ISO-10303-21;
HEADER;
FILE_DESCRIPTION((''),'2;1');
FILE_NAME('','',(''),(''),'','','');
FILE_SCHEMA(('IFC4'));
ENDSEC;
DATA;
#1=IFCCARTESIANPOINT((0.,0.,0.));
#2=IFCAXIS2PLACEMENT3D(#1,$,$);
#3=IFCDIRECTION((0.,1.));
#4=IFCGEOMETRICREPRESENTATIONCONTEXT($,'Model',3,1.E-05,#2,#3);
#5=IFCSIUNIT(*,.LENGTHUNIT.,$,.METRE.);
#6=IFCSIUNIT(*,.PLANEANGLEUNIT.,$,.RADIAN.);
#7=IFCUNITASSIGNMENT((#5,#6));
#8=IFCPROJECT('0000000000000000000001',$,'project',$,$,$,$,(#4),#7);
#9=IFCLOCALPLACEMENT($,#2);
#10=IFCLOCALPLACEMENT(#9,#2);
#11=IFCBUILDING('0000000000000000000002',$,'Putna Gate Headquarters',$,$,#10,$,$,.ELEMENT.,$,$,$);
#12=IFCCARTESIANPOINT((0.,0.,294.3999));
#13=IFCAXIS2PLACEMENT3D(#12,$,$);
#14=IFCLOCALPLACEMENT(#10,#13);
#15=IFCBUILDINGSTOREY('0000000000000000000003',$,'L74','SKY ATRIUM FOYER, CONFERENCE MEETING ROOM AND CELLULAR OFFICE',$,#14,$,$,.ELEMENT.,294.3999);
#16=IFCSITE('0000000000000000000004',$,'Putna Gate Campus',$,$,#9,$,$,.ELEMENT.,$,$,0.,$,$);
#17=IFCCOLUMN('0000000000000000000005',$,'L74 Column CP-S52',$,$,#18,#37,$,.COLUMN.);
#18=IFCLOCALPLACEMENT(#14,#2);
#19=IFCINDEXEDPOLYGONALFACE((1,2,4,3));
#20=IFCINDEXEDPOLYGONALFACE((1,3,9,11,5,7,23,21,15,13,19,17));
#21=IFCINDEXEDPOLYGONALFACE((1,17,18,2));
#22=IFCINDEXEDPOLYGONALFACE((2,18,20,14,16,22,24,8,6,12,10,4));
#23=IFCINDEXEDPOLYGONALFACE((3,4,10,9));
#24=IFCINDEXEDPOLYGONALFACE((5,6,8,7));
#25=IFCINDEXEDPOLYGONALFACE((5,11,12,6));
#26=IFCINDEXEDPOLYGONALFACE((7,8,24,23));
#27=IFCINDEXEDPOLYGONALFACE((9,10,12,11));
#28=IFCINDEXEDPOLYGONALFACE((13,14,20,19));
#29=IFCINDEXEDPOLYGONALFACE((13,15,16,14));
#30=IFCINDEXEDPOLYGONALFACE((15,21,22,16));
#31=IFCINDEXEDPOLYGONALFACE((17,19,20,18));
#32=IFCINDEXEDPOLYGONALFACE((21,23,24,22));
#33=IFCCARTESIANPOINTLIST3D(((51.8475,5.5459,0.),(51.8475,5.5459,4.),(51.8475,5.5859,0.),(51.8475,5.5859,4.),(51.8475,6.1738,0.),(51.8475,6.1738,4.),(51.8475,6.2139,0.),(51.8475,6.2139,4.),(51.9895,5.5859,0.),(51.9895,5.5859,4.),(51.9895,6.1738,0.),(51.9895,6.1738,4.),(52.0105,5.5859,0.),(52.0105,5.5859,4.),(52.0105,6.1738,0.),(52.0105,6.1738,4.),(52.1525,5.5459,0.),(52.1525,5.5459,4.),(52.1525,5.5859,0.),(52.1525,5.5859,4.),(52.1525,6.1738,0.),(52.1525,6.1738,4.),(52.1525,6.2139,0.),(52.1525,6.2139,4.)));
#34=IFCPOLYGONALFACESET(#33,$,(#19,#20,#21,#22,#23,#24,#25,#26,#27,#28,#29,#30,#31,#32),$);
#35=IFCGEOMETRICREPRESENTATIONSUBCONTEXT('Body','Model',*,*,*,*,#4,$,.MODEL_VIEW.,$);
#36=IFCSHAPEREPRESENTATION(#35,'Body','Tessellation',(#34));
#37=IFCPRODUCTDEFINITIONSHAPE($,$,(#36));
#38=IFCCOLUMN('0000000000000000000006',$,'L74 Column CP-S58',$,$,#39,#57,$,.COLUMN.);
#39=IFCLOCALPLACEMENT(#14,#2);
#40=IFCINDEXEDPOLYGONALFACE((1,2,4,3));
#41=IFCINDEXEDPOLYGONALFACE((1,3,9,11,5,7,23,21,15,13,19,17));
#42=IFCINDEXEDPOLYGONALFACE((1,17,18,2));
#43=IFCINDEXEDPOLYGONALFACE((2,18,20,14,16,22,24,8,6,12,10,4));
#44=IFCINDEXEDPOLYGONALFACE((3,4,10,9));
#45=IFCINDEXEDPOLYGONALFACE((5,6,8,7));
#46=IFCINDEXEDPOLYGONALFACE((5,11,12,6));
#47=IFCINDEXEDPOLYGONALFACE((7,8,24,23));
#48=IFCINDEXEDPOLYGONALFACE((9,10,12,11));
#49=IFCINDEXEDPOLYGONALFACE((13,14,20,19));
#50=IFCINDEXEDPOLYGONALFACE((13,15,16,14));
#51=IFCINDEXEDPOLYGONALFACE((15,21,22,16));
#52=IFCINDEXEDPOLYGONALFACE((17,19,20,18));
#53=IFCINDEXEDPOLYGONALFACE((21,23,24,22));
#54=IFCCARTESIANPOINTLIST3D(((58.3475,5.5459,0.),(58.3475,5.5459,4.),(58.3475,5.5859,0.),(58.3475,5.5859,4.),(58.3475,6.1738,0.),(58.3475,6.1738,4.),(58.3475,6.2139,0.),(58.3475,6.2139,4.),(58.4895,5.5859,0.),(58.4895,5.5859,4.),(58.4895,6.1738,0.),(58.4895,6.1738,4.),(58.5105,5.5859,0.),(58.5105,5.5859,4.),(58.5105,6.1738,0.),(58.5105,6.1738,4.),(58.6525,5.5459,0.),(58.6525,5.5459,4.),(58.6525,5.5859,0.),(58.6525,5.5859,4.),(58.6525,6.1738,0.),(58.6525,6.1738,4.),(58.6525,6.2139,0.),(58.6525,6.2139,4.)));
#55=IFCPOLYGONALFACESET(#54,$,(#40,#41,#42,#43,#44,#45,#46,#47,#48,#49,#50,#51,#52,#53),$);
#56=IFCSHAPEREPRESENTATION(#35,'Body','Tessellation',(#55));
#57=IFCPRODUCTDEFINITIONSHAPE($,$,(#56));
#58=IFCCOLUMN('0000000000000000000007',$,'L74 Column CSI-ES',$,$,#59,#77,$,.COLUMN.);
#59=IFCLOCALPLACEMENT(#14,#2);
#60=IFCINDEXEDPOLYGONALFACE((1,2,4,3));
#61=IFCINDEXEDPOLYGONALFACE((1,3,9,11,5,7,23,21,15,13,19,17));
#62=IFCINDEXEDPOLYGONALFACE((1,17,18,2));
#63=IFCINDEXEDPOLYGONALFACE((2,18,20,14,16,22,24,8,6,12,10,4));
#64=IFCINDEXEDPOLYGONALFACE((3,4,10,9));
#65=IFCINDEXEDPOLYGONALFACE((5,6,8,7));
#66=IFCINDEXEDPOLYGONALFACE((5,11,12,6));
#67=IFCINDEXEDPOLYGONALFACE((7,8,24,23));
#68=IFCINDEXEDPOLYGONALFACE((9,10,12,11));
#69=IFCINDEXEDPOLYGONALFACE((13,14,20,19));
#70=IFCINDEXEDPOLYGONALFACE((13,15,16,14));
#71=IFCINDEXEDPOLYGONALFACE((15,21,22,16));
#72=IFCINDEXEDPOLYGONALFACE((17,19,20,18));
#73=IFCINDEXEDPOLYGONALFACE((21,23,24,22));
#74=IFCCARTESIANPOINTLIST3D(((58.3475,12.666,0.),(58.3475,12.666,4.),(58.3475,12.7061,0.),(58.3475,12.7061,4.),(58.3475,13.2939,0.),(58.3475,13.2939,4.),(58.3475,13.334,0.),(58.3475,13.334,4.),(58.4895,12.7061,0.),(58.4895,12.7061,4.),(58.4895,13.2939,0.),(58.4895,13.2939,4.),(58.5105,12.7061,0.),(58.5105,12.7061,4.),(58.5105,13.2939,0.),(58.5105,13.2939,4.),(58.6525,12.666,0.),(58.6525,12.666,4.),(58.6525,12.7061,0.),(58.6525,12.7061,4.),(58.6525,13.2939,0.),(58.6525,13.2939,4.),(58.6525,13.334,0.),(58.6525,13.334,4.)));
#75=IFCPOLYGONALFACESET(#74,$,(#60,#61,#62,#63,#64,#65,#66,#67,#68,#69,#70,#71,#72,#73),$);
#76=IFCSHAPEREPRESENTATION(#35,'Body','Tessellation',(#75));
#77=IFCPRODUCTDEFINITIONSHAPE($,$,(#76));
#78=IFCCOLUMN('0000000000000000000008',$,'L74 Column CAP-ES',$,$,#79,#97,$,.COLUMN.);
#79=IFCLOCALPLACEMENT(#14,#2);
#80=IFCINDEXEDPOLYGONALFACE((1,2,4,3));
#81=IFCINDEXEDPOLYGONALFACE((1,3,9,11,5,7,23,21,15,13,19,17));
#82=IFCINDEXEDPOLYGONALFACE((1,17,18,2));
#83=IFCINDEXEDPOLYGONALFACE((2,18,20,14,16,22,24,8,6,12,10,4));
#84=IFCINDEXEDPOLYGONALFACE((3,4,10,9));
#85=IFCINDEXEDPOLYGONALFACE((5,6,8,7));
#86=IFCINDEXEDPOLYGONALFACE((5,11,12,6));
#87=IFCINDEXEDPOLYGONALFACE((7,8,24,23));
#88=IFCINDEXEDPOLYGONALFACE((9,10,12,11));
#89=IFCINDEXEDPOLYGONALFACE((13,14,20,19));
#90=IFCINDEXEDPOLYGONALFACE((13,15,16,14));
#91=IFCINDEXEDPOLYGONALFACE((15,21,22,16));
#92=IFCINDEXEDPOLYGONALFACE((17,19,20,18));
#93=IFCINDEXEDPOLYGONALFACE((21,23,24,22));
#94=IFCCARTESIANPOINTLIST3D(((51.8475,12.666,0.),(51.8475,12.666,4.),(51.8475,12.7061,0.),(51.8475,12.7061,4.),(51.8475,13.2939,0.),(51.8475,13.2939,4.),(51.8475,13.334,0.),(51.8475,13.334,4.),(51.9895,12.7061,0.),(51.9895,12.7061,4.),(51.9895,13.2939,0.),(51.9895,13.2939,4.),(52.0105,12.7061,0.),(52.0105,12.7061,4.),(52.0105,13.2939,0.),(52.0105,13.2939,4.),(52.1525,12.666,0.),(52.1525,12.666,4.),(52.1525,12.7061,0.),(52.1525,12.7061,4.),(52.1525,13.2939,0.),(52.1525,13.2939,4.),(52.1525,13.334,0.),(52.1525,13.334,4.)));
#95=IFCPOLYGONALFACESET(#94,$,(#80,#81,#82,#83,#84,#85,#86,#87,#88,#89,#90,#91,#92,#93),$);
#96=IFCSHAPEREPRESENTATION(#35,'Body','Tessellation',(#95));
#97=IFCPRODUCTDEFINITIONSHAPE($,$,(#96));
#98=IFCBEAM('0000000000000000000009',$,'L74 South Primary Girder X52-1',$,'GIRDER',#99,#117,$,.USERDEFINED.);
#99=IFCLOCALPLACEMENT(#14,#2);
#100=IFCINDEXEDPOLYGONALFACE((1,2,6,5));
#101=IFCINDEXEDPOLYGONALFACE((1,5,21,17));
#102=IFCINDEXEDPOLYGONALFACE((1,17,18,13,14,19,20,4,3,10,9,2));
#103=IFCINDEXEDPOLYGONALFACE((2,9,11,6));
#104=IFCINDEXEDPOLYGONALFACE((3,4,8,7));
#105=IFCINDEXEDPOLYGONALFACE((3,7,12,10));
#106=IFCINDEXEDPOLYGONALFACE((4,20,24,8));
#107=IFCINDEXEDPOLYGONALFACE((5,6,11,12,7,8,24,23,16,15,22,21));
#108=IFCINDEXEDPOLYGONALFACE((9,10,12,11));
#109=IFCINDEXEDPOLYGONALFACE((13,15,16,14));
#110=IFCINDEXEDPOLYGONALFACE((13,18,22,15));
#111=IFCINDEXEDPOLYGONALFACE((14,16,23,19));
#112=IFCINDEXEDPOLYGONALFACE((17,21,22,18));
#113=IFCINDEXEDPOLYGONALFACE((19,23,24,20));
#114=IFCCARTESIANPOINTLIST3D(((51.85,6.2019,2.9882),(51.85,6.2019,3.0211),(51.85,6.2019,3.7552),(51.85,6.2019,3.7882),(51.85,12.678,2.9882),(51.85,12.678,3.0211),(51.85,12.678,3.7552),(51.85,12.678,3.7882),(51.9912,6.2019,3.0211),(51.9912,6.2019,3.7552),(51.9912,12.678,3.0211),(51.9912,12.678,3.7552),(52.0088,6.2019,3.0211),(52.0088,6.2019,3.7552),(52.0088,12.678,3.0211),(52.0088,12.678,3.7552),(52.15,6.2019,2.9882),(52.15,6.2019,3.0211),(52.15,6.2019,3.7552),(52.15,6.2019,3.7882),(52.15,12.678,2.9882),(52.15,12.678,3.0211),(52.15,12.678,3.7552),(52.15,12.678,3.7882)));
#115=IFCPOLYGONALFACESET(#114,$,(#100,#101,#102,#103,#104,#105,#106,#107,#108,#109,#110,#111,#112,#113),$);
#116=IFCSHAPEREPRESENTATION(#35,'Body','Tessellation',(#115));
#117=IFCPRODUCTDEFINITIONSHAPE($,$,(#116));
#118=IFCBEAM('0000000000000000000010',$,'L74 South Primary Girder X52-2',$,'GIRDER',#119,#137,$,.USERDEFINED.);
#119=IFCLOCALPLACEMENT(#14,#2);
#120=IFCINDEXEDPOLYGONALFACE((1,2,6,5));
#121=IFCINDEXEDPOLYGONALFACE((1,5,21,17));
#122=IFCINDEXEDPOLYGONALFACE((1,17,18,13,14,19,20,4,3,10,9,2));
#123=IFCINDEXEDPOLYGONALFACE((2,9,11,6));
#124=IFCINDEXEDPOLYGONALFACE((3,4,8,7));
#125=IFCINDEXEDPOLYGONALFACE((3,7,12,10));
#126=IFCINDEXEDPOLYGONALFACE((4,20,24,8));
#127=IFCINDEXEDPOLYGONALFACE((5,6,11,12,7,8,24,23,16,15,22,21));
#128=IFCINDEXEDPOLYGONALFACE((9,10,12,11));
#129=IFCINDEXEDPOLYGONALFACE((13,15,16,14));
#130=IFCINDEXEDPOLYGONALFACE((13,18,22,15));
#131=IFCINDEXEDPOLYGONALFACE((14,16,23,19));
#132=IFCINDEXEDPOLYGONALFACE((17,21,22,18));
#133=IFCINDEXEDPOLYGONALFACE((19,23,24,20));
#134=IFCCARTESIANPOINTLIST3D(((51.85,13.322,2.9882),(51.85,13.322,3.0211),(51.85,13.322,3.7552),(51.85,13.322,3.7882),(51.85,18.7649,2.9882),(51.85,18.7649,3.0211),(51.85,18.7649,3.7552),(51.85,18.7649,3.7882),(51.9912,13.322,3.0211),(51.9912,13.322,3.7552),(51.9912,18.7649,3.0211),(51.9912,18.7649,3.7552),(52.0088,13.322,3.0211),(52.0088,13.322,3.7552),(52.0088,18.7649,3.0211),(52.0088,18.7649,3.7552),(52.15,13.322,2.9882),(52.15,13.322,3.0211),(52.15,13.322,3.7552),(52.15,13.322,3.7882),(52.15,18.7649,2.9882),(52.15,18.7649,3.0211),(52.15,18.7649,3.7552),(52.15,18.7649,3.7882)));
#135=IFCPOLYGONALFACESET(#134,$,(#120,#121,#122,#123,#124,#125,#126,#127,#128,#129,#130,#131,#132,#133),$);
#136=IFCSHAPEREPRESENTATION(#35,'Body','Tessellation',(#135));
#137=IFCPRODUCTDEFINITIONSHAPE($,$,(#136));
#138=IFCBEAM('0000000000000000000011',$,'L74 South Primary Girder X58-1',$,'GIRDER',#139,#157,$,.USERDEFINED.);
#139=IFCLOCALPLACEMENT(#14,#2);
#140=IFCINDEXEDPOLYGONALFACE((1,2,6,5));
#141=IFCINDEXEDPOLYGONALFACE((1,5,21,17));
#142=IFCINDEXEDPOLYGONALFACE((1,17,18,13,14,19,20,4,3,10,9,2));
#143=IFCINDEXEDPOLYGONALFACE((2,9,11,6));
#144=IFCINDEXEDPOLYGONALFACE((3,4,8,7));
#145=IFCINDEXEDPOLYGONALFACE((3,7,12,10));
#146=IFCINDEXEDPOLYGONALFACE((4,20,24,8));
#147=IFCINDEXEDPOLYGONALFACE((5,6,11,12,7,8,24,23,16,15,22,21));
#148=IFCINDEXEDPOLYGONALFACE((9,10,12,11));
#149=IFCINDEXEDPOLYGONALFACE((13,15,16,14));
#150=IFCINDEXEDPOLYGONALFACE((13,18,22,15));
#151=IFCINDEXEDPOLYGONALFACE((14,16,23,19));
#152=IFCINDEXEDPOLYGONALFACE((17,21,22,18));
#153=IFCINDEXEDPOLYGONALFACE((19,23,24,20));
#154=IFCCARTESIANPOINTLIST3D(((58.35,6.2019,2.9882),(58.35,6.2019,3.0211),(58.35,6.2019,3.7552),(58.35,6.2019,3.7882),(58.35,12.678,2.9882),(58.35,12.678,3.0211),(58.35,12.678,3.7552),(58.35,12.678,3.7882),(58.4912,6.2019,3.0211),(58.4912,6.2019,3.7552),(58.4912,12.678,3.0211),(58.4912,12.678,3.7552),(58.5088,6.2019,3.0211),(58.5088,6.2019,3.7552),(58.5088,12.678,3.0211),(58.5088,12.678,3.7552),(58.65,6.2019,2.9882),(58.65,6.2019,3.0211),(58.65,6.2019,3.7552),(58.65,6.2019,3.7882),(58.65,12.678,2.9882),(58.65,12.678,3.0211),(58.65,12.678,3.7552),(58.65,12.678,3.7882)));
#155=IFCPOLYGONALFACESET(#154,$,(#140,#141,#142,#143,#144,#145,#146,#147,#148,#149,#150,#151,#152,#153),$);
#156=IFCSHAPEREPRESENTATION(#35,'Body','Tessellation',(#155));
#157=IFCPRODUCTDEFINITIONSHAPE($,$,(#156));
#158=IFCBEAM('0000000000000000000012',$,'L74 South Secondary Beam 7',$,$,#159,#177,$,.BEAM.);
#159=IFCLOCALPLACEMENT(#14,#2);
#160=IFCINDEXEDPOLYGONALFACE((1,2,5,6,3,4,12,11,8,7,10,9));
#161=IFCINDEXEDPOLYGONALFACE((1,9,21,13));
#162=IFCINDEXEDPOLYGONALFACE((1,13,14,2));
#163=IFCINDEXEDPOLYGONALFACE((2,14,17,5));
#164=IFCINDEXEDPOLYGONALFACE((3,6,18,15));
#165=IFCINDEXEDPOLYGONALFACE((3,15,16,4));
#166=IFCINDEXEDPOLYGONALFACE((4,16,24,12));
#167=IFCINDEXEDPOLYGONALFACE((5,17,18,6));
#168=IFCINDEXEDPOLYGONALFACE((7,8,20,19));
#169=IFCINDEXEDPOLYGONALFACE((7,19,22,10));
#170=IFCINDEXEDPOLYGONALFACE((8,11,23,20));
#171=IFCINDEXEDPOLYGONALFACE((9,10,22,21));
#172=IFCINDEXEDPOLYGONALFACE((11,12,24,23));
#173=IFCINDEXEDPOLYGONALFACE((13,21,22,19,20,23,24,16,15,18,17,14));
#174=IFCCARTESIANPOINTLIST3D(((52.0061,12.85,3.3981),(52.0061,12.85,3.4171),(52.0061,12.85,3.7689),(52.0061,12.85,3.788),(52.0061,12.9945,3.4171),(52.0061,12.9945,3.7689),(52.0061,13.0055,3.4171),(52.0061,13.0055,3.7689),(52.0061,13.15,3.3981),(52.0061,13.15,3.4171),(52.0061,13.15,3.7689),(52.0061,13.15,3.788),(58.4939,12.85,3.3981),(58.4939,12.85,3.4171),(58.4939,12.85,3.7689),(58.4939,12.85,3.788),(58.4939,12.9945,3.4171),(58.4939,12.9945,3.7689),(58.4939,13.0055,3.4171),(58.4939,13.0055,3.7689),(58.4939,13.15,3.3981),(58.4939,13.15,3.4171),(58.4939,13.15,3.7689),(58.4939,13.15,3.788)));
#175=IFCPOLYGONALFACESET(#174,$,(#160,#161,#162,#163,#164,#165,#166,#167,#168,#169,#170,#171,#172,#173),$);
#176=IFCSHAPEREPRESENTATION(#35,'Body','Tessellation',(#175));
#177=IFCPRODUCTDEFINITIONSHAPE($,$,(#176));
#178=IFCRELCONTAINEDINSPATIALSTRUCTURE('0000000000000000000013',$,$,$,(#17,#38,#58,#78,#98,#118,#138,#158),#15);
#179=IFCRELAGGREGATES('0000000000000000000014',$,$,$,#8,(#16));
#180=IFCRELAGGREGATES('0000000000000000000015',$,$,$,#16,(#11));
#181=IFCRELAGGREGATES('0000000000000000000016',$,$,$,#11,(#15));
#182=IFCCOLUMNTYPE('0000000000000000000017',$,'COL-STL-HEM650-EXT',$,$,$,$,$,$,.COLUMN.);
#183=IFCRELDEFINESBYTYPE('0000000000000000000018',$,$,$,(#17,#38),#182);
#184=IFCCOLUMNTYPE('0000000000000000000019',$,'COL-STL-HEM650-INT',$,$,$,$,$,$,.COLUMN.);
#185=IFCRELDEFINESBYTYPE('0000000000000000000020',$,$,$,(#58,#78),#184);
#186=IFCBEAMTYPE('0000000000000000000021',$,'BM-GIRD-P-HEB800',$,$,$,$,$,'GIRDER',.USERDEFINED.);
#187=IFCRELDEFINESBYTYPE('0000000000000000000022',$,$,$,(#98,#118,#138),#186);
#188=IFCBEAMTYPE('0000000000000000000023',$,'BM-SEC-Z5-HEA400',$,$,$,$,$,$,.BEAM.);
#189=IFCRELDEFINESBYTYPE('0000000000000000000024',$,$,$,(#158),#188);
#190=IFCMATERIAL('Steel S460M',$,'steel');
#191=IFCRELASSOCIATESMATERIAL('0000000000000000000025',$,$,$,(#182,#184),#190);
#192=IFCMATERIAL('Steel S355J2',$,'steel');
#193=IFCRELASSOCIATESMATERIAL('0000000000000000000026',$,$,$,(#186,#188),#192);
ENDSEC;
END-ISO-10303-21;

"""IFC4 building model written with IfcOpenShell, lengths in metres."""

from ifc_helpers import new_model, si_unit, direction, frame, origin, origin_2d, place, context, subcontext, project, spatial, i_section, extrude, material, material_profile, profile_set, type_object, element, save


model = new_model("IFC4")

# Units and contexts
model_context = context("Model", 3, precision=1e-05, world=origin(), true_north=direction((0.0, 1.0)))
body_context = subcontext(model_context, "Body", "Model", "MODEL_VIEW")
ifc_project = project(units=[si_unit("LENGTHUNIT", "METRE"), si_unit("PLANEANGLEUNIT", "RADIAN")], contexts=[model_context])

# Site, building, storey
site_placement = place(None, origin())
site = spatial("IfcSite", under=ifc_project, at=site_placement, Name="Putna Gate Campus", CompositionType="ELEMENT", RefElevation=0.0)
building_placement = place(site_placement, origin())
building = spatial("IfcBuilding", under=site, at=building_placement, Name="Putna Gate Headquarters", CompositionType="ELEMENT")
storey_placement = place(building_placement, frame((0.0, 0.0, 294.3999)))
storey = spatial("IfcBuildingStorey", under=building, at=storey_placement, Name="L74", Description="SKY ATRIUM FOYER, CONFERENCE MEETING ROOM AND CELLULAR OFFICE", CompositionType="ELEMENT", Elevation=294.3999)

# Columns
ifc_material_1 = material(Name="Steel S460M", Category="steel")
ifc_material_profile_1 = material_profile(ifc_material_1, i_section(OverallWidth=0.3049, OverallDepth=0.668, WebThickness=0.021, FlangeThickness=0.04, at=origin_2d()), Name="Steel S460M")
ifc_profile_set_1 = profile_set([ifc_material_profile_1], Name="Steel S460M")
column_type_1 = type_object("IfcColumnType", Name="COL-STL-HEM650-EXT", PredefinedType="COLUMN", material=ifc_profile_set_1)
for number, where, z_axis, x_axis, name in (
    (1, (52.0, 5.8799, 0.0), (0.0, 0.0, 1.0), (1.0, 0.0, 0.0), "L74 Column CP-S52"),
    (2, (58.5, 5.8799, 0.0), (0.0, 0.0, 1.0), (1.0, 0.0, 0.0), "L74 Column CP-S58"),
):
    element("IfcColumn", number, at=place(storey_placement, frame(where, z_axis=z_axis, x_axis=x_axis)), inside=storey, type_object=column_type_1, Name=name, PredefinedType="COLUMN", context=body_context, shape_type="SweptSolid", body=[
        extrude(i_section(OverallWidth=0.3049, OverallDepth=0.668, WebThickness=0.021, FlangeThickness=0.04, at=origin_2d()), origin(), (0.0, 0.0, 1.0), 4.0),
    ])
ifc_material_profile_2 = material_profile(ifc_material_1, i_section(OverallWidth=0.3049, OverallDepth=0.668, WebThickness=0.021, FlangeThickness=0.04, at=origin_2d()), Name="Steel S460M")
ifc_profile_set_2 = profile_set([ifc_material_profile_2], Name="Steel S460M")
column_type_2 = type_object("IfcColumnType", Name="COL-STL-HEM650-INT", PredefinedType="COLUMN", material=ifc_profile_set_2)
for number, where, z_axis, x_axis, name in (
    (3, (58.5, 13.0, 0.0), (0.0, 0.0, 1.0), (1.0, 0.0, 0.0), "L74 Column CSI-ES"),
    (4, (52.0, 13.0, 0.0), (0.0, 0.0, 1.0), (1.0, 0.0, 0.0), "L74 Column CAP-ES"),
):
    element("IfcColumn", number, at=place(storey_placement, frame(where, z_axis=z_axis, x_axis=x_axis)), inside=storey, type_object=column_type_2, Name=name, PredefinedType="COLUMN", context=body_context, shape_type="SweptSolid", body=[
        extrude(i_section(OverallWidth=0.3049, OverallDepth=0.668, WebThickness=0.021, FlangeThickness=0.04, at=origin_2d()), origin(), (0.0, 0.0, 1.0), 4.0),
    ])

# Beams
ifc_material_2 = material(Name="Steel S355J2", Category="steel")
ifc_material_profile_3 = material_profile(ifc_material_2, i_section(OverallWidth=0.3, OverallDepth=0.8, WebThickness=0.0176, FlangeThickness=0.033, at=origin_2d()), Name="Steel S355J2")
ifc_profile_set_3 = profile_set([ifc_material_profile_3], Name="Steel S355J2")
beam_type_1 = type_object("IfcBeamType", Name="BM-GIRD-P-HEB800", ElementType="GIRDER", PredefinedType="USERDEFINED", material=ifc_profile_set_3)
beam_1_placement = place(storey_placement, frame((52.0, 6.2019, 3.3882), z_axis=(0.0, 1.0, 0.0), x_axis=(-1.0, 0.0, 0.0)))
element("IfcBeam", 5, at=beam_1_placement, inside=storey, type_object=beam_type_1, Name="L74 South Primary Girder X52-1", ObjectType="GIRDER", PredefinedType="USERDEFINED", context=body_context, shape_type="SweptSolid", body=[
    extrude(i_section(OverallWidth=0.3, OverallDepth=0.8, WebThickness=0.0176, FlangeThickness=0.033, at=origin_2d()), origin(), (0.0, 0.0, 1.0), 6.4761),
])
beam_2_placement = place(storey_placement, frame((52.0, 13.322, 3.3882), z_axis=(0.0, 1.0, 0.0), x_axis=(-1.0, 0.0, 0.0)))
element("IfcBeam", 6, at=beam_2_placement, inside=storey, type_object=beam_type_1, Name="L74 South Primary Girder X52-2", ObjectType="GIRDER", PredefinedType="USERDEFINED", context=body_context, shape_type="SweptSolid", body=[
    extrude(i_section(OverallWidth=0.3, OverallDepth=0.8, WebThickness=0.0176, FlangeThickness=0.033, at=origin_2d()), origin(), (0.0, 0.0, 1.0), 5.4429),
])
beam_3_placement = place(storey_placement, frame((58.5, 6.2019, 3.3882), z_axis=(0.0, 1.0, 0.0), x_axis=(-1.0, 0.0, 0.0)))
element("IfcBeam", 7, at=beam_3_placement, inside=storey, type_object=beam_type_1, Name="L74 South Primary Girder X58-1", ObjectType="GIRDER", PredefinedType="USERDEFINED", context=body_context, shape_type="SweptSolid", body=[
    extrude(i_section(OverallWidth=0.3, OverallDepth=0.8, WebThickness=0.0176, FlangeThickness=0.033, at=origin_2d()), origin(), (0.0, 0.0, 1.0), 6.4761),
])
ifc_material_profile_4 = material_profile(ifc_material_2, i_section(OverallWidth=0.3, OverallDepth=0.3899, WebThickness=0.011, FlangeThickness=0.019, at=origin_2d()), Name="Steel S355J2")
ifc_profile_set_4 = profile_set([ifc_material_profile_4], Name="Steel S355J2")
beam_type_2 = type_object("IfcBeamType", Name="BM-SEC-Z5-HEA400", PredefinedType="BEAM", material=ifc_profile_set_4)
beam_4_placement = place(storey_placement, frame((52.0061, 13.0, 3.593), z_axis=(1.0, 0.0, 0.0), x_axis=(0.0, 1.0, 0.0)))
element("IfcBeam", 8, at=beam_4_placement, inside=storey, type_object=beam_type_2, Name="L74 South Secondary Beam 7", PredefinedType="BEAM", context=body_context, shape_type="SweptSolid", body=[
    extrude(i_section(OverallWidth=0.3, OverallDepth=0.3899, WebThickness=0.011, FlangeThickness=0.019, at=origin_2d()), origin(), (0.0, 0.0, 1.0), 6.4878),
])

save(model, "model.ifc")
